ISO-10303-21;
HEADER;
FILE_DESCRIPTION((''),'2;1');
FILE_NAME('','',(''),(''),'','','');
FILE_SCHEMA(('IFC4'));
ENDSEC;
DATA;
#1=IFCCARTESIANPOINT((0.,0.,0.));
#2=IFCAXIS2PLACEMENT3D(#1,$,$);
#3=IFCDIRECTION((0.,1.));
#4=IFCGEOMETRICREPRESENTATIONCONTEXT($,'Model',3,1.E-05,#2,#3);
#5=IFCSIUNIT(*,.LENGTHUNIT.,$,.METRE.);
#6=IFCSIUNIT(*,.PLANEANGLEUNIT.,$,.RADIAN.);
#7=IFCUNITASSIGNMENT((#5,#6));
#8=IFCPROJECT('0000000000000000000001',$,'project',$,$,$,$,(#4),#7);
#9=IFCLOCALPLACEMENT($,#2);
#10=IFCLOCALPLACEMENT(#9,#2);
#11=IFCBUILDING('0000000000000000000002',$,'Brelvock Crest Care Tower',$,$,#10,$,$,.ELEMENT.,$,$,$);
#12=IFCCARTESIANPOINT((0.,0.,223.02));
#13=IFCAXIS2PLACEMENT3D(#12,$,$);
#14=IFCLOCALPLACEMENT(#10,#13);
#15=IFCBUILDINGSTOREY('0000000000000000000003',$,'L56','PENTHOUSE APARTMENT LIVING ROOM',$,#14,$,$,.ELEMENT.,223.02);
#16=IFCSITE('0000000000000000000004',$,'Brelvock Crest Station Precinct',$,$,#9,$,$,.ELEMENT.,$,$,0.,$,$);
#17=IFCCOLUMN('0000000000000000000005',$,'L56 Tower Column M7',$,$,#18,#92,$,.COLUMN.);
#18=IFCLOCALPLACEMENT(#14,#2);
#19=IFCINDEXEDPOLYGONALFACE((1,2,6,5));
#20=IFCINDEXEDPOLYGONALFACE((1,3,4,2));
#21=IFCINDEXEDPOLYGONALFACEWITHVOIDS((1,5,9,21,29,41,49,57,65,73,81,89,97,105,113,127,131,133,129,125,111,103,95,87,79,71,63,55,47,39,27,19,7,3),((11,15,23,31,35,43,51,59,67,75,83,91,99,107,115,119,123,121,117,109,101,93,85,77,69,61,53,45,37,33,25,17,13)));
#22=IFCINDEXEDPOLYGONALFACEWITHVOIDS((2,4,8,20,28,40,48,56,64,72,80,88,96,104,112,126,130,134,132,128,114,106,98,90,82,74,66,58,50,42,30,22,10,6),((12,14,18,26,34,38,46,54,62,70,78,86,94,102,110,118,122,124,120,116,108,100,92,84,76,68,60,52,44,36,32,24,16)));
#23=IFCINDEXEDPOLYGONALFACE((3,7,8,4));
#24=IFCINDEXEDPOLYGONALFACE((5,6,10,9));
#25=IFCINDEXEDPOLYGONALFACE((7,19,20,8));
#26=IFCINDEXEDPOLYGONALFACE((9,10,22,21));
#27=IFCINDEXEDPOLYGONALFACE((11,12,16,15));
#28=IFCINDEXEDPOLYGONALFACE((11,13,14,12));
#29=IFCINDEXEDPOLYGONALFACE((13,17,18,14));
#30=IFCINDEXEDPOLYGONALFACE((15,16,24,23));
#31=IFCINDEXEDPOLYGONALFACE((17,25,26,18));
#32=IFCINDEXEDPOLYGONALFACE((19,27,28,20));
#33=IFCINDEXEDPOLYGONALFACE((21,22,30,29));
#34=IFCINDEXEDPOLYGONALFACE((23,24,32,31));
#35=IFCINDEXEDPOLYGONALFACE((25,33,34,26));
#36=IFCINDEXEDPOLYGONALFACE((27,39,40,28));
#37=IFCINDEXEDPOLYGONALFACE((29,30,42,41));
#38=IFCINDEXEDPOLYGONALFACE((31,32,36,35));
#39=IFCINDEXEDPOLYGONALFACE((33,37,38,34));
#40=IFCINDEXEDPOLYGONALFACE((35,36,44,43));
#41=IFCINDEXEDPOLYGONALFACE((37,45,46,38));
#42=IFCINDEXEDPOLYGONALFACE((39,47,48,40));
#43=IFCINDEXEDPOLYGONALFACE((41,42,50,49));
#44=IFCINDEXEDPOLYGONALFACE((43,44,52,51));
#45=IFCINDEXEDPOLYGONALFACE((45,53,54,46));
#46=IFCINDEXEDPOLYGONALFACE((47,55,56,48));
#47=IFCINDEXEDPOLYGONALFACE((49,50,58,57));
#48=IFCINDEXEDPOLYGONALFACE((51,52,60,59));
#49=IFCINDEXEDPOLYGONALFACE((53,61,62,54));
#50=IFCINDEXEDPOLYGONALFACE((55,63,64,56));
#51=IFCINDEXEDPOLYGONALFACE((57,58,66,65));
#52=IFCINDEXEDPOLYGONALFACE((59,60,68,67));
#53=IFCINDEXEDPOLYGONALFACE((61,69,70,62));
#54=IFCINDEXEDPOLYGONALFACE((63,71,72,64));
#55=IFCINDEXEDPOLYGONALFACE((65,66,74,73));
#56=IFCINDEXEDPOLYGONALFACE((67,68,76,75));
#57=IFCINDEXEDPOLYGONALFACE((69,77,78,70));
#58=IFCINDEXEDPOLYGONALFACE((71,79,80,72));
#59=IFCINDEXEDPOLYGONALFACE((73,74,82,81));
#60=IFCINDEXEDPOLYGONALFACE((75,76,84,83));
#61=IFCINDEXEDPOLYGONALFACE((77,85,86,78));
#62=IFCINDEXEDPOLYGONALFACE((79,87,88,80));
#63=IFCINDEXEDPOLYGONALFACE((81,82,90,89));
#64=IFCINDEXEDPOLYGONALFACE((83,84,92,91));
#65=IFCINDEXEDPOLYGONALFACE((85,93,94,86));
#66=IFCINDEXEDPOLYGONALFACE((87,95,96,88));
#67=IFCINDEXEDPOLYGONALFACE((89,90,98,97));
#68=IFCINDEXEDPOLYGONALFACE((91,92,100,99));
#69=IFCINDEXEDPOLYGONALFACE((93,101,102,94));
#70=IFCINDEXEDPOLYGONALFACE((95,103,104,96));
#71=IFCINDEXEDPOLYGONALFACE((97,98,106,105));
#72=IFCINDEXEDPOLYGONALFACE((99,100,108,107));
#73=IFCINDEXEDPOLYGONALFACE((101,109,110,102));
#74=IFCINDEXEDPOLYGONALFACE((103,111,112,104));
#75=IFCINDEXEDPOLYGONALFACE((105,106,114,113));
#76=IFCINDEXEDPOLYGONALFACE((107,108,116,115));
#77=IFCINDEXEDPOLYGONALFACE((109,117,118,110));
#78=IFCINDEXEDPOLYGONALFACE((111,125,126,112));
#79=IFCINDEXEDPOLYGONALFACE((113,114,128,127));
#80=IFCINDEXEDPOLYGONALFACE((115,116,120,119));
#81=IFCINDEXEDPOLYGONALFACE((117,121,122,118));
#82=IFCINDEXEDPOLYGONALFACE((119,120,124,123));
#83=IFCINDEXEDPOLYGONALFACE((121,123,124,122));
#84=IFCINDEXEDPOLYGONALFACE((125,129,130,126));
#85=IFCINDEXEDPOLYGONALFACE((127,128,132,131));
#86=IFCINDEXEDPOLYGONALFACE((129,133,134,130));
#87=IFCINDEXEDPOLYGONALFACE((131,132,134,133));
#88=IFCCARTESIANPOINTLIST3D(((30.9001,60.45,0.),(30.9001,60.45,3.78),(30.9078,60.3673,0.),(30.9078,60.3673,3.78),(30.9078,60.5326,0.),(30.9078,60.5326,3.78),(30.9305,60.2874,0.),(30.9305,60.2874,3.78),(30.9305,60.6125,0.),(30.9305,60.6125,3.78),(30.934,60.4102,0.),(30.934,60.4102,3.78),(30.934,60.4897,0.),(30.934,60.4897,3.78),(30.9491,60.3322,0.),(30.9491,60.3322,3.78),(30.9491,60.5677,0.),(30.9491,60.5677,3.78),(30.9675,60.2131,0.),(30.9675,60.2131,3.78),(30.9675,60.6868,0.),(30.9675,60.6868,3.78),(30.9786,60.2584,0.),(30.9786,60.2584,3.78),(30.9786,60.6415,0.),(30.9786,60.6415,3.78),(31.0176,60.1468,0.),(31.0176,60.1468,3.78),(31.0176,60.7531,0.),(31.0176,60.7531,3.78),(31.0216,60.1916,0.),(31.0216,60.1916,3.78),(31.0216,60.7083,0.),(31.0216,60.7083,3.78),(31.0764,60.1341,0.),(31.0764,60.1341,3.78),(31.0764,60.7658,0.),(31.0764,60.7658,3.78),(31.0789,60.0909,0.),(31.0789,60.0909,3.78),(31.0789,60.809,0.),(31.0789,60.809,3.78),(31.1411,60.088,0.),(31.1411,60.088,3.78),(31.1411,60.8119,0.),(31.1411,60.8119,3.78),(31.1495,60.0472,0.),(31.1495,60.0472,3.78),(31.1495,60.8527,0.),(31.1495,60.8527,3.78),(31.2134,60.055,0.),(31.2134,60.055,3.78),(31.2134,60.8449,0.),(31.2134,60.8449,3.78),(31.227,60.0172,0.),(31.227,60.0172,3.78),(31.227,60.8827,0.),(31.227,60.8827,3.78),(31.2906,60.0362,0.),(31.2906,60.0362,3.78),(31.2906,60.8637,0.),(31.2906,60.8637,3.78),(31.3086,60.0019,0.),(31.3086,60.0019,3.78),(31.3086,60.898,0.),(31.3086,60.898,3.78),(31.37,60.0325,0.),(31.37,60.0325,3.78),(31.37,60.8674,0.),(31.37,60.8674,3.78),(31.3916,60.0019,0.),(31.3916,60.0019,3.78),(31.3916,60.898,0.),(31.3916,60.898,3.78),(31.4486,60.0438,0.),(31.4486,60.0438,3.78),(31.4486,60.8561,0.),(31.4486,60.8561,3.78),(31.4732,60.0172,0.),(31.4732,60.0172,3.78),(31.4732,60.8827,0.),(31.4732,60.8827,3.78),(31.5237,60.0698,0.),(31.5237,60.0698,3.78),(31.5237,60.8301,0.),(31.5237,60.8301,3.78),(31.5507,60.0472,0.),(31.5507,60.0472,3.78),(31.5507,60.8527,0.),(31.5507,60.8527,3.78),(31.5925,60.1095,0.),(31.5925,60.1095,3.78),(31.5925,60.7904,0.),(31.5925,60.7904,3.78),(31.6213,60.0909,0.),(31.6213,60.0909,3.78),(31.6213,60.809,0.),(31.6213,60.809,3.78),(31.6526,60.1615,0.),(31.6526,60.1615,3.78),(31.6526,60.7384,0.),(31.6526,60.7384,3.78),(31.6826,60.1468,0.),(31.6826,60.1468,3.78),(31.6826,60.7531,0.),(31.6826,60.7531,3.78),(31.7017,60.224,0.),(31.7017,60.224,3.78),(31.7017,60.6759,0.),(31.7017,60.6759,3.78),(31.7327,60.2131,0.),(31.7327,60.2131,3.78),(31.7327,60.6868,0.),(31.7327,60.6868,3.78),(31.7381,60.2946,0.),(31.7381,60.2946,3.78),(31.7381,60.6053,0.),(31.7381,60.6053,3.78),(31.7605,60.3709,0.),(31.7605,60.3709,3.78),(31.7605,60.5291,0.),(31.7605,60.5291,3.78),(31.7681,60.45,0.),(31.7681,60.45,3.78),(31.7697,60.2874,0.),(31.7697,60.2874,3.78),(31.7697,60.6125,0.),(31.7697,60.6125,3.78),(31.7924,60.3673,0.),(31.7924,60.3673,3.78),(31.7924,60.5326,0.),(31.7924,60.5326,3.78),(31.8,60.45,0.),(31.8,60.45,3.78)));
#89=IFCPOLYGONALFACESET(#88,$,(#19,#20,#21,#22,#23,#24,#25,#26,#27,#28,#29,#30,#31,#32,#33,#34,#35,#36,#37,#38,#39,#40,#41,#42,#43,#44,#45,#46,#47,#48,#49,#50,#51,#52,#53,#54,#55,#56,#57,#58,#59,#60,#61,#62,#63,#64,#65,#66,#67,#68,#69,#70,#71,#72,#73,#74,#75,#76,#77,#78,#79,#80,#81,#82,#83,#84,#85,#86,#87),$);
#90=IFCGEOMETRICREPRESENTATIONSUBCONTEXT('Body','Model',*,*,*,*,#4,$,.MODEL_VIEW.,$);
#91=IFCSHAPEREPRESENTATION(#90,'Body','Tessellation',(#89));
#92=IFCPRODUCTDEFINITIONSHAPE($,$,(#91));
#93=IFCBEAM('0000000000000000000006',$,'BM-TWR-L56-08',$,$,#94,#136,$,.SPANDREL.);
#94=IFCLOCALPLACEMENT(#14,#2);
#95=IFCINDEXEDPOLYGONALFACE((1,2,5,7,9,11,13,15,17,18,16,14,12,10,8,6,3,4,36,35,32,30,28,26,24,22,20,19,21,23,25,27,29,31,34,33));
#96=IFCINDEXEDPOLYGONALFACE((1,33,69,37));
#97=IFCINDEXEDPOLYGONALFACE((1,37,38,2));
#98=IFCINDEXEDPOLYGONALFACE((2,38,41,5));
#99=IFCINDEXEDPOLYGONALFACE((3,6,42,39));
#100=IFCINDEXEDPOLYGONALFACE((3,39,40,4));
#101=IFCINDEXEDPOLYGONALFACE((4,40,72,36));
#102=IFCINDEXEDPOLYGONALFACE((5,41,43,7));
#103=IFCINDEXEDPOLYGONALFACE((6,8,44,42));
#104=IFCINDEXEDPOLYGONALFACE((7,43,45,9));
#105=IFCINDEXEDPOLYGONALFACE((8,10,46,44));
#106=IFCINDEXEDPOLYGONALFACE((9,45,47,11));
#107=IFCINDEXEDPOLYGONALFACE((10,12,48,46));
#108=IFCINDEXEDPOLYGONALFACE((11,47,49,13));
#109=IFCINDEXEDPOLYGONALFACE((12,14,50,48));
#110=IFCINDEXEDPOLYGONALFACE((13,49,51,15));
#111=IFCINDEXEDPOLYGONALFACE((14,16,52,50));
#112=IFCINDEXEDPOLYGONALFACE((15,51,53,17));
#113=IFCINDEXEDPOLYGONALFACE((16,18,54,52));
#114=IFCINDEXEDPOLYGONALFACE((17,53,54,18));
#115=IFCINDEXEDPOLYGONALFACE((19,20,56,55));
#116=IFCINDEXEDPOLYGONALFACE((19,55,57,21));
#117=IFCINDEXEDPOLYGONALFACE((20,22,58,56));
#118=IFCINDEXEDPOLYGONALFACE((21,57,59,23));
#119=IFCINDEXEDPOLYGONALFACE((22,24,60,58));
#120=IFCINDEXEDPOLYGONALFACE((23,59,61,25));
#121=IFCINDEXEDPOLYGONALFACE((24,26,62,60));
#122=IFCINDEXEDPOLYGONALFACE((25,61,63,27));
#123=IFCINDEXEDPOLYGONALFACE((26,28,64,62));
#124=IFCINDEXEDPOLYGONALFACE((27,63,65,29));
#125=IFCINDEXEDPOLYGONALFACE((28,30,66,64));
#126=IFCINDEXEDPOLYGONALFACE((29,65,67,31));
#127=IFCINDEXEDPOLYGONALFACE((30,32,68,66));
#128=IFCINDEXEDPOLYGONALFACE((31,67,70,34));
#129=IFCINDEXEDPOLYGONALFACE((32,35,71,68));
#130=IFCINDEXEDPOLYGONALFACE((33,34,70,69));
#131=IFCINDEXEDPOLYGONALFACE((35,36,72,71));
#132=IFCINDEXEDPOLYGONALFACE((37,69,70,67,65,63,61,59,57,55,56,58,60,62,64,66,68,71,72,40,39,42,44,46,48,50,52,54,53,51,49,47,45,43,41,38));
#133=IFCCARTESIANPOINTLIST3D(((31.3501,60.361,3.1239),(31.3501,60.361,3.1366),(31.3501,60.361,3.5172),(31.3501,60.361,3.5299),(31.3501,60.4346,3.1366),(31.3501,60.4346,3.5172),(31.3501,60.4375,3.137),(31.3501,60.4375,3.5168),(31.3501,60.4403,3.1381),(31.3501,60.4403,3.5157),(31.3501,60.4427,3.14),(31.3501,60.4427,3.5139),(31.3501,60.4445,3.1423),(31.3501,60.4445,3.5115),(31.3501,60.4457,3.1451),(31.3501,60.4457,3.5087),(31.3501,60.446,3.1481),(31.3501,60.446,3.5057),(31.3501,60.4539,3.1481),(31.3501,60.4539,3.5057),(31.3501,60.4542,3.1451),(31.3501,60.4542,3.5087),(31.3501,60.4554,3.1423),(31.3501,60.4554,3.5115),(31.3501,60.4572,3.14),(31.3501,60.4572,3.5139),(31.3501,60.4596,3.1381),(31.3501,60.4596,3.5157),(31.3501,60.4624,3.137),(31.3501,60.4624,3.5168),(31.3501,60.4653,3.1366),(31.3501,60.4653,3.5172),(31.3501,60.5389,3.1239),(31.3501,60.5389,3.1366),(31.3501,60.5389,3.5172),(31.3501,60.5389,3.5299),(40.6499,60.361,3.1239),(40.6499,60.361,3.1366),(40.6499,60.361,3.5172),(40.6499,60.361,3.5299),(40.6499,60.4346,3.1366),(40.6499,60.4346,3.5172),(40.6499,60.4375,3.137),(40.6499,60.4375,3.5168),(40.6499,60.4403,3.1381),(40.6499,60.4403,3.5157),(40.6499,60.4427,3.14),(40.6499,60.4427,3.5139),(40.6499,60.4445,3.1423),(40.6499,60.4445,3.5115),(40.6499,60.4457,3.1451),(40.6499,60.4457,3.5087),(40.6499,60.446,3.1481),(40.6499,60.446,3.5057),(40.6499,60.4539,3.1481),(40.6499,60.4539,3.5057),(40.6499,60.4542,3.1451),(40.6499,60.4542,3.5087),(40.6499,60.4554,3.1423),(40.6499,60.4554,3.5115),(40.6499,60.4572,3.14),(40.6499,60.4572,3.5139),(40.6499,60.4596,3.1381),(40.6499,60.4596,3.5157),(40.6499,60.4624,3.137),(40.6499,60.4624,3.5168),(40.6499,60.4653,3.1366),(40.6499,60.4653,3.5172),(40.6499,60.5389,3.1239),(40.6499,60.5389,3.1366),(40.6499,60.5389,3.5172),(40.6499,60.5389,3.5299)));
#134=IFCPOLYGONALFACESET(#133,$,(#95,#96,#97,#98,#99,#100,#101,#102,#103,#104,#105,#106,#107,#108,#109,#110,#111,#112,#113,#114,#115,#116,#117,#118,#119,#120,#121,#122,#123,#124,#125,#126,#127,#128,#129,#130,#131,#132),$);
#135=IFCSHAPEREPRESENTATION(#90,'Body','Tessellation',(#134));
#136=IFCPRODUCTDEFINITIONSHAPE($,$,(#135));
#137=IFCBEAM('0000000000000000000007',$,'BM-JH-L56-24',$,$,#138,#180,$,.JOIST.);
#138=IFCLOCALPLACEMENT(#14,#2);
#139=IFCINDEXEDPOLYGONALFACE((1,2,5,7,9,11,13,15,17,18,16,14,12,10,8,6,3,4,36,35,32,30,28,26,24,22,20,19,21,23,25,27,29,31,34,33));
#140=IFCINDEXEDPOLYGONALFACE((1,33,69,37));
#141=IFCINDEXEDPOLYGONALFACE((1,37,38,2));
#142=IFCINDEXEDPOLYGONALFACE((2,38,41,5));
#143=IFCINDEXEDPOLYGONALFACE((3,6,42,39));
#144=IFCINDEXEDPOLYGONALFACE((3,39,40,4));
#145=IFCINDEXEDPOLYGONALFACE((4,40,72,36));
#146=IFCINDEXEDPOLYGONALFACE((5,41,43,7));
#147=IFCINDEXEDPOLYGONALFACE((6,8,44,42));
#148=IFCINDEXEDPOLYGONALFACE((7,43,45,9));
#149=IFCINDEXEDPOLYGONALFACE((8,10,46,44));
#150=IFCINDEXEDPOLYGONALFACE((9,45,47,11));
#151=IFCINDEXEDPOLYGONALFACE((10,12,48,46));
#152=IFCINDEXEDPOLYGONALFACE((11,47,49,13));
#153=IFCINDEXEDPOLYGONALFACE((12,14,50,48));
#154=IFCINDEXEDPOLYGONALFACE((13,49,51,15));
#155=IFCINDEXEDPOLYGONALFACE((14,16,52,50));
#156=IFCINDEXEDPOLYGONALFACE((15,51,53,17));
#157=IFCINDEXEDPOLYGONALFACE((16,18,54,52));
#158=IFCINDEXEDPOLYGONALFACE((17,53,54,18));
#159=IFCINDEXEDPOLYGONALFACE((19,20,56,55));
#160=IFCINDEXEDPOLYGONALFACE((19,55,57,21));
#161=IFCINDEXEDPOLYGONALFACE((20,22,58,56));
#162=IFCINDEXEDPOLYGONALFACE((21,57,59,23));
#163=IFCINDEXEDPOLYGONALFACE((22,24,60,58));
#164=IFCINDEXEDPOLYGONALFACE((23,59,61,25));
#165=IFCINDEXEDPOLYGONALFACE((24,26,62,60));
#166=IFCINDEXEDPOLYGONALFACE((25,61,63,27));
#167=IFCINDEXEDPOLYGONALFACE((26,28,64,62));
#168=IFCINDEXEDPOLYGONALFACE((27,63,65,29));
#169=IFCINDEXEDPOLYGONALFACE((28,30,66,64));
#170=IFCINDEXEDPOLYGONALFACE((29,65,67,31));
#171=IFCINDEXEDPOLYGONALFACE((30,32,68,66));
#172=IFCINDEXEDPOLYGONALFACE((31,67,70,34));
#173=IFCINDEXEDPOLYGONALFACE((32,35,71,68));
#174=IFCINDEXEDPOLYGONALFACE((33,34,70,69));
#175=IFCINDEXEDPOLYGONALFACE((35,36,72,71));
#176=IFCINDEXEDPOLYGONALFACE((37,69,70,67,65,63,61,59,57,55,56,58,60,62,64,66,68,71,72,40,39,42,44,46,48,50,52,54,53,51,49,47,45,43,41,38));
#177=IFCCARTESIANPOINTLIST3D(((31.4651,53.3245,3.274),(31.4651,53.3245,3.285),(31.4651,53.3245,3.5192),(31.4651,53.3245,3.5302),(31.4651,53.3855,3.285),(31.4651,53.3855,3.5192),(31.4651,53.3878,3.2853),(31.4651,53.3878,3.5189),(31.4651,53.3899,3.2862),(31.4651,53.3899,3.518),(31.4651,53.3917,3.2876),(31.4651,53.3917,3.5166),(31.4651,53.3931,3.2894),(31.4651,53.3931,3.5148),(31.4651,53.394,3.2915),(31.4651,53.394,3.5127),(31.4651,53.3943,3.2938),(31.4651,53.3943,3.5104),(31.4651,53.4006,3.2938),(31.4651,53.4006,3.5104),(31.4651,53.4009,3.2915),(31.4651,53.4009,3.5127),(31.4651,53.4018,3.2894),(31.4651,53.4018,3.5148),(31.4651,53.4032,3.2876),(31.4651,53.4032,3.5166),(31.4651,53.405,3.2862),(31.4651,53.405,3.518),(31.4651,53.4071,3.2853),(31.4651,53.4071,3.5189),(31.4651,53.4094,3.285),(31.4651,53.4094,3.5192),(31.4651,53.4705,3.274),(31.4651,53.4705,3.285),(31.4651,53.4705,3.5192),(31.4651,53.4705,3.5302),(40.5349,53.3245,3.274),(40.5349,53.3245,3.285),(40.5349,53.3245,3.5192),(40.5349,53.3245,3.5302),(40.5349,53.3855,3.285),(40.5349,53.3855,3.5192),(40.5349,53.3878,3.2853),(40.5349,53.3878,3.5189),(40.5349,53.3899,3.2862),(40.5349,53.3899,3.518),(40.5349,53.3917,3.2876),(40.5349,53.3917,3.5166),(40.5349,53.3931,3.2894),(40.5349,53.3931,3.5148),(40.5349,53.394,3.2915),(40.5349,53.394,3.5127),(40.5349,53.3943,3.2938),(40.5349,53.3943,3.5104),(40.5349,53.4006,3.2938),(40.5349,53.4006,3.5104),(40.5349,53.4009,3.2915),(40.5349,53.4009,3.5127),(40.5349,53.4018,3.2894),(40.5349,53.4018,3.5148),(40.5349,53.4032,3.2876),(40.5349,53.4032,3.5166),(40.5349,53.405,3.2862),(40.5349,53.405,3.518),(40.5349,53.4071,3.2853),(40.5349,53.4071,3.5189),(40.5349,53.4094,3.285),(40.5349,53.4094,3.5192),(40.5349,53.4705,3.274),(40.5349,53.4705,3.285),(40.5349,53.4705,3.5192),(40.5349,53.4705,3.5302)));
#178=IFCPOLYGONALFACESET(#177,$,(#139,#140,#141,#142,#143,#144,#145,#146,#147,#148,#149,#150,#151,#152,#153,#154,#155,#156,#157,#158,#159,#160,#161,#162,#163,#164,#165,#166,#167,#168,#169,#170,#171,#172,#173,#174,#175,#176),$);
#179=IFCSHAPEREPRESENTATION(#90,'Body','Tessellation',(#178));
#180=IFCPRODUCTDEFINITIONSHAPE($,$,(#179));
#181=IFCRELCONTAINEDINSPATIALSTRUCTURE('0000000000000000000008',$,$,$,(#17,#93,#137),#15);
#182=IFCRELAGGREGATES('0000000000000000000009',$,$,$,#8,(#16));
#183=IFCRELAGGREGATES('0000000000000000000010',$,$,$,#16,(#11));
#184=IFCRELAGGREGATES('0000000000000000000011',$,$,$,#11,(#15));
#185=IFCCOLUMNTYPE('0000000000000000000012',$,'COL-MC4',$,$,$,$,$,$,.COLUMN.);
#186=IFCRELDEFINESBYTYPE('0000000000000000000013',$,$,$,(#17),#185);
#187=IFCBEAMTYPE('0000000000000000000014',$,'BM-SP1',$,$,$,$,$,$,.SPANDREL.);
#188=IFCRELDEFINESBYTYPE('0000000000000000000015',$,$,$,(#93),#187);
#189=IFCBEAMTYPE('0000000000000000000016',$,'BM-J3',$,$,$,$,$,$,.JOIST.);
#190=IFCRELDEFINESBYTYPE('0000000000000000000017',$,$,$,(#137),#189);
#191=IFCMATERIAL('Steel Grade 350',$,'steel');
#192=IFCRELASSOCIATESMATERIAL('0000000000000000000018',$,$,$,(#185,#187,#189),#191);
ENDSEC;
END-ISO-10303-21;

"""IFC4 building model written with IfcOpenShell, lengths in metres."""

from ifc_helpers import new_model, si_unit, direction, frame, origin, origin_2d, place, context, subcontext, project, spatial, hollow_circle, i_section, extrude, source, transform, mapped, material, material_profile, profile_set, type_object, element, save


model = new_model("IFC4")

# Units and contexts
model_context = context("Model", 3, precision=1e-05, world=origin(), true_north=direction((0.0, 1.0)))
body_context = subcontext(model_context, "Body", "Model", "MODEL_VIEW")
ifc_project = project(units=[si_unit("LENGTHUNIT", "METRE"), si_unit("PLANEANGLEUNIT", "RADIAN")], contexts=[model_context])

# Site, building, storey
site_placement = place(None, origin())
site = spatial("IfcSite", under=ifc_project, at=site_placement, Name="Brelvock Crest Station Precinct", CompositionType="ELEMENT", RefElevation=0.0)
building_placement = place(site_placement, origin())
building = spatial("IfcBuilding", under=site, at=building_placement, Name="Brelvock Crest Care Tower", CompositionType="ELEMENT")
storey_placement = place(building_placement, frame((0.0, 0.0, 223.02)))
storey = spatial("IfcBuildingStorey", under=building, at=storey_placement, Name="L56", Description="PENTHOUSE APARTMENT LIVING ROOM", CompositionType="ELEMENT", Elevation=223.02)

# Column
ifc_material_1 = material(Name="Steel Grade 350", Category="steel")
ifc_material_profile_1 = material_profile(ifc_material_1, hollow_circle(Radius=0.45, WallThickness=0.032, at=origin_2d()), Name="CFT900x32")
ifc_profile_set_1 = profile_set([ifc_material_profile_1], Name="Steel Grade 350")
column_type = type_object("IfcColumnType", Name="COL-MC4", PredefinedType="COLUMN", material=ifc_profile_set_1)
shared_shape_1 = source(origin(), body_context, "Body", "SweptSolid", [
    extrude(hollow_circle(Radius=0.45, WallThickness=0.032, at=origin_2d()), origin(), (0.0, 0.0, 1.0), 3.78),
])
column_placement = place(storey_placement, frame((31.3501, 60.45, 0.0), z_axis=(0.0, 0.0, 1.0), x_axis=(1.0, 0.0, 0.0)))
element("IfcColumn", 1, at=column_placement, inside=storey, type_object=column_type, Name="L56 Tower Column M7", PredefinedType="COLUMN", context=body_context, shape_type="MappedRepresentation", body=[
    mapped(shared_shape_1, transform((0.0, 0.0, 0.0), x_axis=(1.0, 0.0, 0.0), y_axis=(0.0, 1.0, 0.0), z_axis=(0.0, 0.0, 1.0), scale=1.0)),
])

# Beams
ifc_material_profile_2 = material_profile(ifc_material_1, i_section(OverallWidth=0.178, OverallDepth=0.406, WebThickness=0.0078, FlangeThickness=0.0127, FilletRadius=0.0115, at=origin_2d()), Name="410UB59.7")
ifc_profile_set_2 = profile_set([ifc_material_profile_2], Name="Steel Grade 350")
beam_type_1 = type_object("IfcBeamType", Name="BM-SP1", PredefinedType="SPANDREL", material=ifc_profile_set_2)
shared_shape_2 = source(origin(), body_context, "Body", "SweptSolid", [
    extrude(i_section(OverallWidth=0.178, OverallDepth=0.406, WebThickness=0.0078, FlangeThickness=0.0127, FilletRadius=0.0115, at=origin_2d()), origin(), (0.0, 0.0, 1.0), 9.2998),
])
beam_placement = place(storey_placement, frame((31.3501, 60.45, 3.3269), z_axis=(1.0, 0.0, 0.0), x_axis=(0.0, 1.0, 0.0)))
element("IfcBeam", 2, at=beam_placement, inside=storey, type_object=beam_type_1, Name="BM-TWR-L56-08", PredefinedType="SPANDREL", context=body_context, shape_type="MappedRepresentation", body=[
    mapped(shared_shape_2, transform((0.0, 0.0, 0.0), x_axis=(1.0, 0.0, 0.0), y_axis=(0.0, 1.0, 0.0), z_axis=(0.0, 0.0, 1.0), scale=1.0)),
])
ifc_material_profile_3 = material_profile(ifc_material_1, i_section(OverallWidth=0.146, OverallDepth=0.2561, WebThickness=0.0063, FlangeThickness=0.011, FilletRadius=0.0088, at=origin_2d()), Name="250UB37.3")
ifc_profile_set_3 = profile_set([ifc_material_profile_3], Name="Steel Grade 350")
beam_type_2 = type_object("IfcBeamType", Name="BM-J3", PredefinedType="JOIST", material=ifc_profile_set_3)
shared_shape_3 = source(origin(), body_context, "Body", "SweptSolid", [
    extrude(i_section(OverallWidth=0.146, OverallDepth=0.2561, WebThickness=0.0063, FlangeThickness=0.011, FilletRadius=0.0088, at=origin_2d()), origin(), (0.0, 0.0, 1.0), 9.0698),
])
for number, where, z_axis, x_axis, name in (
    (3, (31.4651, 53.3975, 3.4021), (1.0, 0.0, 0.0), (0.0, 1.0, 0.0), "BM-JH-L56-24"),
):
    element("IfcBeam", number, at=place(storey_placement, frame(where, z_axis=z_axis, x_axis=x_axis)), inside=storey, type_object=beam_type_2, Name=name, PredefinedType="JOIST", context=body_context, shape_type="MappedRepresentation", body=[
        mapped(shared_shape_3, transform((0.0, 0.0, 0.0), x_axis=(1.0, 0.0, 0.0), y_axis=(0.0, 1.0, 0.0), z_axis=(0.0, 0.0, 1.0), scale=1.0)),
    ])

save(model, "model.ifc")
